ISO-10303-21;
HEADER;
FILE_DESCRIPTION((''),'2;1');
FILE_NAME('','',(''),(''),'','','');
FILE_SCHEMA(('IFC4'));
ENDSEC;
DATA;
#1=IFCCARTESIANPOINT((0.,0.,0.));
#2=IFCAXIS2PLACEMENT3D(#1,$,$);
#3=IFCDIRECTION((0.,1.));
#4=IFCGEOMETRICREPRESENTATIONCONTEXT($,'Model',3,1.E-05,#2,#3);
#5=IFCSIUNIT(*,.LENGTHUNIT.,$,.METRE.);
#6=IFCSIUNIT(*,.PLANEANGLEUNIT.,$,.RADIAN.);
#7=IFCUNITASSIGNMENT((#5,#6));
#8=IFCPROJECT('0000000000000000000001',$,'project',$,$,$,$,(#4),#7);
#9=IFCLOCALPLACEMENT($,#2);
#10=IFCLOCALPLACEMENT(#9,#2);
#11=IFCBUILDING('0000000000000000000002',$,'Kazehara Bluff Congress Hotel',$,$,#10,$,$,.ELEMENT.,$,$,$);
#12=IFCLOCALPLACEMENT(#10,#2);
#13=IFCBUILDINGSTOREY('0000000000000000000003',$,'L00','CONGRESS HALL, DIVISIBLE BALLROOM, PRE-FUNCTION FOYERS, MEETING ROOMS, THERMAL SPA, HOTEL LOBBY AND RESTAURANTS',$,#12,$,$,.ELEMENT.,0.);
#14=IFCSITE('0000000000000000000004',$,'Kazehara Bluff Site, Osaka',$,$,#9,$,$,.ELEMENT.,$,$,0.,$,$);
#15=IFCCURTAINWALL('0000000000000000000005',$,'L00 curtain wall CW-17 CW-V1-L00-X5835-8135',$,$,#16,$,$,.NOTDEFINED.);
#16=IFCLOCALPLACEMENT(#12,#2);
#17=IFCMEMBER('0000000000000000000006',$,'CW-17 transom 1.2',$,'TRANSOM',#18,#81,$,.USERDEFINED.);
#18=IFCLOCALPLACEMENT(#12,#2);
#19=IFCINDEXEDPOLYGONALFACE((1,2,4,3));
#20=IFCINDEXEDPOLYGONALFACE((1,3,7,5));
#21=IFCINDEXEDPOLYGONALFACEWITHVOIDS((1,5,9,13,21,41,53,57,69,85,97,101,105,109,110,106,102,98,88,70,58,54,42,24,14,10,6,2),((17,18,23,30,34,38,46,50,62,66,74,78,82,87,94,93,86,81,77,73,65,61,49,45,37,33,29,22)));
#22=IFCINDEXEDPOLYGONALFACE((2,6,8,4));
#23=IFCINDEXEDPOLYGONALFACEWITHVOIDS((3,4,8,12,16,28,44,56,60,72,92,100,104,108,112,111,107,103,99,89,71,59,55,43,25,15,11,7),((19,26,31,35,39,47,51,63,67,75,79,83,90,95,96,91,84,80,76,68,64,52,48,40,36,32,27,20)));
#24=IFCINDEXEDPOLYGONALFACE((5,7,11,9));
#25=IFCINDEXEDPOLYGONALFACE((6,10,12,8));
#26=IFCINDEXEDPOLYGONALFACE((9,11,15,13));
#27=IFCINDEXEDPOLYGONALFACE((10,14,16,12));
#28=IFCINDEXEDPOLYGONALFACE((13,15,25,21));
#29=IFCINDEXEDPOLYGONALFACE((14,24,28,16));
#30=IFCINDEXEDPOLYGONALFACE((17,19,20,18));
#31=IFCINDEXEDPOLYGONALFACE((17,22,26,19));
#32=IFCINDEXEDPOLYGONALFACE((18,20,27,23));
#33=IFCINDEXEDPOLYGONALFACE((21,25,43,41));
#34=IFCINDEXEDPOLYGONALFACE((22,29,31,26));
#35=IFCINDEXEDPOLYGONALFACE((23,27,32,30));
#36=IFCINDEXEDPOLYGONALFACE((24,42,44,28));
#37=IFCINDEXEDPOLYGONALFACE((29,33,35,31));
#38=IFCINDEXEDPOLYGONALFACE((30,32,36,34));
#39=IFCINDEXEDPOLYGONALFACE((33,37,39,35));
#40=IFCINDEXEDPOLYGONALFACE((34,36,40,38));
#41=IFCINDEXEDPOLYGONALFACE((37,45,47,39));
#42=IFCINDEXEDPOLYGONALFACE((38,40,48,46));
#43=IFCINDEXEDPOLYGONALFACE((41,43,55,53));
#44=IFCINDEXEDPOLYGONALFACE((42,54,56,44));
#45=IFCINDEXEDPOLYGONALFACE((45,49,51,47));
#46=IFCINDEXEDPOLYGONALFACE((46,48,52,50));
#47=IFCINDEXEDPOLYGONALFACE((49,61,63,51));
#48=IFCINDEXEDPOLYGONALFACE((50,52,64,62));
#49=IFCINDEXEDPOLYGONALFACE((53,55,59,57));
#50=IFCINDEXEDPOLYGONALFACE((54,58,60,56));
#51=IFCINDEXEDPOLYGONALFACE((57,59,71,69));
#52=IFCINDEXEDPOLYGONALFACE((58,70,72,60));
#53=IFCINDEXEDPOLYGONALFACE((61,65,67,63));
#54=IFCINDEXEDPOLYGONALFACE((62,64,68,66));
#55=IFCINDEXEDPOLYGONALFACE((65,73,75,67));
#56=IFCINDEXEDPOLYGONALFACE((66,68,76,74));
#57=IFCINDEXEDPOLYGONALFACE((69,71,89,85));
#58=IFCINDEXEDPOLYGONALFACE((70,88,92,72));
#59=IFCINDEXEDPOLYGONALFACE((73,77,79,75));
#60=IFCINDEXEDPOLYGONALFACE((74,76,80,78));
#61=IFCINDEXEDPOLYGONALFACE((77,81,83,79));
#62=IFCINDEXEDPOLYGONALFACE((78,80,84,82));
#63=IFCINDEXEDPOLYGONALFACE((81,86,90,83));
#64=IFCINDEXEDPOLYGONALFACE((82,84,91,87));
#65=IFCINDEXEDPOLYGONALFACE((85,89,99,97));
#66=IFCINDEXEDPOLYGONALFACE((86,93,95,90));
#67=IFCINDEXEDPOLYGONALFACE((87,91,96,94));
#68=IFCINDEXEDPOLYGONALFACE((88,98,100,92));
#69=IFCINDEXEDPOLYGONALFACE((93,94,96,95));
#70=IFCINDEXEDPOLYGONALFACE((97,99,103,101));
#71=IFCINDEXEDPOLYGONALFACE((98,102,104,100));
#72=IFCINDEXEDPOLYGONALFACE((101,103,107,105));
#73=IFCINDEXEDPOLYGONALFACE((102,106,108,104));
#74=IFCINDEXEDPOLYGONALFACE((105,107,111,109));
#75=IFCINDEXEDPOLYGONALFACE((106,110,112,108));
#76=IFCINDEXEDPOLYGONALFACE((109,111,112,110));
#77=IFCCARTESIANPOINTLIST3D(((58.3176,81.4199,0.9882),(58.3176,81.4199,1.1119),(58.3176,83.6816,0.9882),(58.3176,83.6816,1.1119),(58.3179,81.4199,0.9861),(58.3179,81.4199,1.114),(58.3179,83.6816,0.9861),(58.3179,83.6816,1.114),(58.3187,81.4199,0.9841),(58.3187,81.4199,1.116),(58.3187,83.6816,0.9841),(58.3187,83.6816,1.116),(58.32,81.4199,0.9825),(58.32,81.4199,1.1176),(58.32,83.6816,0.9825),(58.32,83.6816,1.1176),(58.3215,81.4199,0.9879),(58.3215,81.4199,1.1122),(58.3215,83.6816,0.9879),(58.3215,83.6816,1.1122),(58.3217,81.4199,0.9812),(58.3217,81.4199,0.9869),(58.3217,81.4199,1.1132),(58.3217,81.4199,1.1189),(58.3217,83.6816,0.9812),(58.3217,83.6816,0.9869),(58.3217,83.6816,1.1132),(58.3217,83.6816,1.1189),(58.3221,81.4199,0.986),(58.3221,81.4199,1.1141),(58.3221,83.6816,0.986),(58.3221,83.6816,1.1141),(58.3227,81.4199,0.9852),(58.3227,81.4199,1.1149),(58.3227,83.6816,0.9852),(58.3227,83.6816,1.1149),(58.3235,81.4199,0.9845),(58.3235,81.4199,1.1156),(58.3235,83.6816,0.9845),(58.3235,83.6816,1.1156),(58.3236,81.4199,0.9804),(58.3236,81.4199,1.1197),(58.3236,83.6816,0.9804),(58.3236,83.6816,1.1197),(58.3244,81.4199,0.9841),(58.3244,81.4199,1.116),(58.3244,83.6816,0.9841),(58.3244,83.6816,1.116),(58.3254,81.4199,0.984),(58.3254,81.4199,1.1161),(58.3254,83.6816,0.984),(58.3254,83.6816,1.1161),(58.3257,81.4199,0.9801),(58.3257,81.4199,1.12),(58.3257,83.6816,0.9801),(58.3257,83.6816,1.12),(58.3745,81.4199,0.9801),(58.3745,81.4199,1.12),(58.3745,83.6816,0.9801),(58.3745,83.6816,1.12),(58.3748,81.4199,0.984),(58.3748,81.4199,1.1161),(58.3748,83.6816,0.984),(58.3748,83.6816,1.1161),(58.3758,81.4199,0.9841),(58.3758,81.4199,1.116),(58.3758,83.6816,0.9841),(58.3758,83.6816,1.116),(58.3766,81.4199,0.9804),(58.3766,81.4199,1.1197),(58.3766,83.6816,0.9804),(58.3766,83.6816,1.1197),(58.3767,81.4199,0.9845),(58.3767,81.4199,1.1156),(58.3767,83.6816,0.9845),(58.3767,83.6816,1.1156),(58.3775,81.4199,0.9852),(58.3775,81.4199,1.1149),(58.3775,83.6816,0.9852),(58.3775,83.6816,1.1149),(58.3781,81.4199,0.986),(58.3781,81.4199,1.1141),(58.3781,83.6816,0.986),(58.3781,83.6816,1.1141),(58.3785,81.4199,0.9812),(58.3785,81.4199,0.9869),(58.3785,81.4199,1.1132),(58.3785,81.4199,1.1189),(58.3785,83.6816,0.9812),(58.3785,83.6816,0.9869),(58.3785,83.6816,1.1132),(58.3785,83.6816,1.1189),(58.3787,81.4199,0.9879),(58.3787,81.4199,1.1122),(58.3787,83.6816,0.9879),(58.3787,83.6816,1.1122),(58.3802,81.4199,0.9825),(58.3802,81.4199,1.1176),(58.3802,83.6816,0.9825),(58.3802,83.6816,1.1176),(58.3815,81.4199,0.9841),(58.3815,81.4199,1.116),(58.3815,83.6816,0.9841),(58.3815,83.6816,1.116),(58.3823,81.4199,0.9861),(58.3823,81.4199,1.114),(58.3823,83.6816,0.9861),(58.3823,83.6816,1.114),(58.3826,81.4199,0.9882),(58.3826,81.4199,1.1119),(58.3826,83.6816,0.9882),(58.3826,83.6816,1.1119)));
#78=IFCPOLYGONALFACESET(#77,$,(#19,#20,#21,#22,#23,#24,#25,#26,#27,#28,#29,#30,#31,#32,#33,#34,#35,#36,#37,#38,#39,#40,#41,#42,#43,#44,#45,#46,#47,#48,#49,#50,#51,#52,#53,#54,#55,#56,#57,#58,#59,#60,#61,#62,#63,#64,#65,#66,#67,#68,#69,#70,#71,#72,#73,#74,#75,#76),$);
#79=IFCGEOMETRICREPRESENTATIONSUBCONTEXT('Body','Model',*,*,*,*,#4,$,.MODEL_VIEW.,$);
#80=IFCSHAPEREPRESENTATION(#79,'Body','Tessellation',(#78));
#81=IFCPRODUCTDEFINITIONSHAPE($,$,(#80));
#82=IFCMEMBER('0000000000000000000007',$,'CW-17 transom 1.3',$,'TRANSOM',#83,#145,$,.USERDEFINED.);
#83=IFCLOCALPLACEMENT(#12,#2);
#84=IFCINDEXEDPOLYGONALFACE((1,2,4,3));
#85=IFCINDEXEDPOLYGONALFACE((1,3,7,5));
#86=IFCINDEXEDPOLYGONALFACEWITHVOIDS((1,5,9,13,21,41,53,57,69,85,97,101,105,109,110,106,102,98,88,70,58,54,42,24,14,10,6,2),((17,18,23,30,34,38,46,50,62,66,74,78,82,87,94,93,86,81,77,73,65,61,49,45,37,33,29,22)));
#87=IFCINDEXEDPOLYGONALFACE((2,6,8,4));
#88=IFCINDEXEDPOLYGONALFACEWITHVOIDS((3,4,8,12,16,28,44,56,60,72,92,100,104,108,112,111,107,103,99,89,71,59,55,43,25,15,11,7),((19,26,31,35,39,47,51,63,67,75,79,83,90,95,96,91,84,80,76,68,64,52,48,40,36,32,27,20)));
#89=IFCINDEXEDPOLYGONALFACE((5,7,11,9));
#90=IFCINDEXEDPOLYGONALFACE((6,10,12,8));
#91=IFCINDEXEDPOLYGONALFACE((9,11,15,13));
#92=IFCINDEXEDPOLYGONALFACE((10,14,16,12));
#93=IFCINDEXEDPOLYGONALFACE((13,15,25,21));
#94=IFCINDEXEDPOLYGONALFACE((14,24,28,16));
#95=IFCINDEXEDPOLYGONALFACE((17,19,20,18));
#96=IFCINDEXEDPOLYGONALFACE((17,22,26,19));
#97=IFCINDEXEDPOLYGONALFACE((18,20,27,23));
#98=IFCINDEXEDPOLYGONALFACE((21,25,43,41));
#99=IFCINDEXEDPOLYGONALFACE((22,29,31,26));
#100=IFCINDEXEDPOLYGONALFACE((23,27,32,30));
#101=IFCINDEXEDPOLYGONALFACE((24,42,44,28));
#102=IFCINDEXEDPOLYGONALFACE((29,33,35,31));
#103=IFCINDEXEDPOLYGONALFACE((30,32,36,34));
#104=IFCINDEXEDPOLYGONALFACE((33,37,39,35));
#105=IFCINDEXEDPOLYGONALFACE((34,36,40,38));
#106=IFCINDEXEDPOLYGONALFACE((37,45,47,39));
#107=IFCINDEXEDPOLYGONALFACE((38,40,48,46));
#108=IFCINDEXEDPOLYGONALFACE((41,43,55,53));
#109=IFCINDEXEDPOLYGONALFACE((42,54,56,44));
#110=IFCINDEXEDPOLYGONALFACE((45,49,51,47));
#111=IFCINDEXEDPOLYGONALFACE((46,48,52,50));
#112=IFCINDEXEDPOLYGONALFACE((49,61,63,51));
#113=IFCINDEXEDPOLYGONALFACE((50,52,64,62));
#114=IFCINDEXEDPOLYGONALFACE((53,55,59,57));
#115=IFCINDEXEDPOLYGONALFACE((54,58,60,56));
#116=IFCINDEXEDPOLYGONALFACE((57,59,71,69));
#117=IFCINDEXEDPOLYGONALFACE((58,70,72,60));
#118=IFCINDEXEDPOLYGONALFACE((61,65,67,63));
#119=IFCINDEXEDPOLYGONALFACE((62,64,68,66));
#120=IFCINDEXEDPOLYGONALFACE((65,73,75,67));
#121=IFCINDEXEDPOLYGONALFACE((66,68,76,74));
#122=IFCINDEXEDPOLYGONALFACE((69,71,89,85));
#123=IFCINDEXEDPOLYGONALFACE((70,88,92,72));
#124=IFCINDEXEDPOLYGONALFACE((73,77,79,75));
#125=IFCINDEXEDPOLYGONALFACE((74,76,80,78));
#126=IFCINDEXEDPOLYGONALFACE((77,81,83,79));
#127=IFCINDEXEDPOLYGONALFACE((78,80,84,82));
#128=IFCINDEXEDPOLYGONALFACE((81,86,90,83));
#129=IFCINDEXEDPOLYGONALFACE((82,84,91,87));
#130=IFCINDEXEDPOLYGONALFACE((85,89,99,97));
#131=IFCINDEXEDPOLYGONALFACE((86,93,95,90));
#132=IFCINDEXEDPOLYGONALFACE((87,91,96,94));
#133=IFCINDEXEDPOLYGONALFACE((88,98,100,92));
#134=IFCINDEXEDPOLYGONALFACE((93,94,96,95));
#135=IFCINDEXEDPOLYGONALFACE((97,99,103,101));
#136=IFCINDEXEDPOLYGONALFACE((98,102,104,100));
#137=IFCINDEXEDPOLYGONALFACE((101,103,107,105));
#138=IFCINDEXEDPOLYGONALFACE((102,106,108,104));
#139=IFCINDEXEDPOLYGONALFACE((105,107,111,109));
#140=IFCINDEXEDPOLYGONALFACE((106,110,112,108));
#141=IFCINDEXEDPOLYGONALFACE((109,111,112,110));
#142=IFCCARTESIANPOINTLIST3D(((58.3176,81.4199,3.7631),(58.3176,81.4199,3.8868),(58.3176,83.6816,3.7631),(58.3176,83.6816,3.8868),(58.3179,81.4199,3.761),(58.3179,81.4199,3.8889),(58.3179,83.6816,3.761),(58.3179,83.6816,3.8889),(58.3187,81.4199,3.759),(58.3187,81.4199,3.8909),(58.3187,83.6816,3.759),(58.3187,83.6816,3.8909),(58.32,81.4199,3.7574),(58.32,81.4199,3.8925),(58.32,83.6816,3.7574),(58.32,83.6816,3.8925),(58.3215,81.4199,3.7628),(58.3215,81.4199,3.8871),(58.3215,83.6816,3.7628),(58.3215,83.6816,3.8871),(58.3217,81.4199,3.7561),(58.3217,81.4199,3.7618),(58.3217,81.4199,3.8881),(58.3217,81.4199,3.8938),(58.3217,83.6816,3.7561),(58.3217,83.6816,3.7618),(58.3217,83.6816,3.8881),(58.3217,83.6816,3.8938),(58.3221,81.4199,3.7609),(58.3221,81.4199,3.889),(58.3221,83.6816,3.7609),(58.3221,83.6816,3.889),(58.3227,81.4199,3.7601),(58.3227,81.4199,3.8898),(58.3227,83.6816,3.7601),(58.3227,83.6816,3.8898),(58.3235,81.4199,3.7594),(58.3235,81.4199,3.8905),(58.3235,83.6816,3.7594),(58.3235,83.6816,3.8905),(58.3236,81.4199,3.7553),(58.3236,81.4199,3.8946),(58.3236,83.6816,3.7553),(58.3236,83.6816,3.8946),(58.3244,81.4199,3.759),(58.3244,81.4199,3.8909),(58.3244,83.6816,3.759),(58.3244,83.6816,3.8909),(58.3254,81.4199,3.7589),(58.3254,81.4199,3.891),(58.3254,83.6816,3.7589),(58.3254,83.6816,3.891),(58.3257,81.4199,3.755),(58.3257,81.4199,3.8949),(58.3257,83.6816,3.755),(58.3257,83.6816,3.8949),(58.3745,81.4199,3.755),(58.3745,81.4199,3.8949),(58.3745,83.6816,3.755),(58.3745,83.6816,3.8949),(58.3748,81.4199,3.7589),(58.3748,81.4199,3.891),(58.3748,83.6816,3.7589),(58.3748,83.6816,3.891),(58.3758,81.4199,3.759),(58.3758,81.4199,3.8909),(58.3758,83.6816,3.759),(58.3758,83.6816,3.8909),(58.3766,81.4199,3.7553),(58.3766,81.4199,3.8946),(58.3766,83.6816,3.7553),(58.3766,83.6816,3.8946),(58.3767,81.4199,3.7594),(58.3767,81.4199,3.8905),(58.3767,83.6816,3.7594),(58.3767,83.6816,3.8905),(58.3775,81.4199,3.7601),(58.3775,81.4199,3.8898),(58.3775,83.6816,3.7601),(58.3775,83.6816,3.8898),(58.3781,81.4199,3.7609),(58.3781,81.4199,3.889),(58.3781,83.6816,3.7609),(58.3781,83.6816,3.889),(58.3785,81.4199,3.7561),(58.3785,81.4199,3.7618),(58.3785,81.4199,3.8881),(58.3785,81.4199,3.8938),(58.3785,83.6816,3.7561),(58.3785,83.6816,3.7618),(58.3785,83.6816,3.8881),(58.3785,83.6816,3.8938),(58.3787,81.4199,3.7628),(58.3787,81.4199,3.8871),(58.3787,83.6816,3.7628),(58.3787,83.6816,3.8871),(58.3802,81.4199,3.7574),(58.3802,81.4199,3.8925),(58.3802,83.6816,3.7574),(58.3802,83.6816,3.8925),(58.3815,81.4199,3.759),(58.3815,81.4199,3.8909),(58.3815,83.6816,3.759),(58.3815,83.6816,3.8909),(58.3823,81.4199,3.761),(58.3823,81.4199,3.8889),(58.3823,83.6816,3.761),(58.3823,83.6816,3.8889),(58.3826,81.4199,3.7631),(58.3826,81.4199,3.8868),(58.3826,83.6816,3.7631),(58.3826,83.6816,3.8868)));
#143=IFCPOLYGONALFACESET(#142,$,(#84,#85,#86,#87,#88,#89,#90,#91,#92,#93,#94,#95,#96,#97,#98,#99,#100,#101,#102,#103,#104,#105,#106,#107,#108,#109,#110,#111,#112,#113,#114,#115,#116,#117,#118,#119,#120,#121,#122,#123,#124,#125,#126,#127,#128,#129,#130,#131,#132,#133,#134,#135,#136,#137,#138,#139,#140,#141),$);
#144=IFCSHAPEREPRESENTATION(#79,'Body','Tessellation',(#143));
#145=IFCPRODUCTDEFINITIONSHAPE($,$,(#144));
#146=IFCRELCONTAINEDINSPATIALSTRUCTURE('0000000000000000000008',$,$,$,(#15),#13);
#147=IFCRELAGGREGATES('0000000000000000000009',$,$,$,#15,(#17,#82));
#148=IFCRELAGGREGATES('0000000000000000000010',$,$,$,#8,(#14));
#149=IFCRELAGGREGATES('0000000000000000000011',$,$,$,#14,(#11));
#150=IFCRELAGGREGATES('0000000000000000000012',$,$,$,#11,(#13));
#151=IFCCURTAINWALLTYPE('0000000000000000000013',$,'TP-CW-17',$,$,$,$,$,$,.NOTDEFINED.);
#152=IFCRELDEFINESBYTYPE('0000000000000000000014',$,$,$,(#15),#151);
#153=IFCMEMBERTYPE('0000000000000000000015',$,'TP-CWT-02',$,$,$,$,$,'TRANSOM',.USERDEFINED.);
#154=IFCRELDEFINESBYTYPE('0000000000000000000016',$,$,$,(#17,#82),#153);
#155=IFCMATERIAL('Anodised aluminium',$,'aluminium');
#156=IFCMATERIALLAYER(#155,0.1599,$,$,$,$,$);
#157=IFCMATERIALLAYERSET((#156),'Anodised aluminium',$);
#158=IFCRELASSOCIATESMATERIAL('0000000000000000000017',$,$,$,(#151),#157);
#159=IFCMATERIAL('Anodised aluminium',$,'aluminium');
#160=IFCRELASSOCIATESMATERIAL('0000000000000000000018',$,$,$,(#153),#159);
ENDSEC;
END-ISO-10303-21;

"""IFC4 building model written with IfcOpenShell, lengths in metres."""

from ifc_helpers import new_model, si_unit, direction, frame, origin, origin_2d, place, context, subcontext, project, spatial, hollow_rectangle, extrude, material, layer, layer_set, material_profile, profile_set, type_object, element, aggregate, save


model = new_model("IFC4")

# Units and contexts
model_context = context("Model", 3, precision=1e-05, world=origin(), true_north=direction((0.0, 1.0)))
body_context = subcontext(model_context, "Body", "Model", "MODEL_VIEW")
ifc_project = project(units=[si_unit("LENGTHUNIT", "METRE"), si_unit("PLANEANGLEUNIT", "RADIAN")], contexts=[model_context])

# Site, building, storey
site_placement = place(None, origin())
site = spatial("IfcSite", under=ifc_project, at=site_placement, Name="Kazehara Bluff Site, Osaka", CompositionType="ELEMENT", RefElevation=0.0)
building_placement = place(site_placement, origin())
building = spatial("IfcBuilding", under=site, at=building_placement, Name="Kazehara Bluff Congress Hotel", CompositionType="ELEMENT")
storey_placement = place(building_placement, origin())
storey = spatial("IfcBuildingStorey", under=building, at=storey_placement, Name="L00", Description="CONGRESS HALL, DIVISIBLE BALLROOM, PRE-FUNCTION FOYERS, MEETING ROOMS, THERMAL SPA, HOTEL LOBBY AND RESTAURANTS", CompositionType="ELEMENT", Elevation=0.0)

# Curtain wall, members
ifc_material_1 = material(Name="Anodised aluminium", Category="aluminium")
ifc_layer_1 = layer(ifc_material_1, 0.1599)
ifc_layer_set_1 = layer_set([ifc_layer_1], Name="Anodised aluminium")
curtain_wall_type = type_object("IfcCurtainWallType", Name="TP-CW-17", PredefinedType="NOTDEFINED", material=ifc_layer_set_1)
curtain_wall_placement = place(storey_placement, origin())
curtain_wall = element("IfcCurtainWall", 1, at=curtain_wall_placement, inside=storey, type_object=curtain_wall_type, Name="L00 curtain wall CW-17 CW-V1-L00-X5835-8135", PredefinedType="NOTDEFINED")
ifc_material_2 = material(Name="Anodised aluminium", Category="aluminium")
ifc_material_profile_1 = material_profile(ifc_material_2, hollow_rectangle(XDim=0.0649, YDim=0.1399, WallThickness=0.0039, InnerFilletRadius=0.0039, OuterFilletRadius=0.0081, at=origin_2d()))
ifc_profile_set_1 = profile_set([ifc_material_profile_1], Name="Anodised aluminium")
member_type_1 = type_object("IfcMemberType", Name="TP-CWT-02", ElementType="TRANSOM", PredefinedType="USERDEFINED", material=ifc_profile_set_1)
member_1_placement = place(storey_placement, frame((58.3501, 81.4199, 1.05), z_axis=(0.0, 1.0, 0.0), x_axis=(-1.0, 0.0, 0.0)))
member_1 = element("IfcMember", 2, at=member_1_placement, type_object=member_type_1, Name="CW-17 transom 1.2", ObjectType="TRANSOM", PredefinedType="USERDEFINED", context=body_context, shape_type="SweptSolid", body=[
    extrude(hollow_rectangle(XDim=0.0649, YDim=0.1399, WallThickness=0.0039, InnerFilletRadius=0.0039, OuterFilletRadius=0.0081, at=origin_2d()), origin(), (0.0, 0.0, 1.0), 2.2617),
])
member_2_placement = place(storey_placement, frame((58.3501, 81.4199, 3.825), z_axis=(0.0, 1.0, 0.0), x_axis=(-1.0, 0.0, 0.0)))
member_2 = element("IfcMember", 3, at=member_2_placement, type_object=member_type_1, Name="CW-17 transom 1.3", ObjectType="TRANSOM", PredefinedType="USERDEFINED", context=body_context, shape_type="SweptSolid", body=[
    extrude(hollow_rectangle(XDim=0.0649, YDim=0.1399, WallThickness=0.0039, InnerFilletRadius=0.0039, OuterFilletRadius=0.0081, at=origin_2d()), origin(), (0.0, 0.0, 1.0), 2.2617),
])

aggregate(curtain_wall, [member_1, member_2])

save(model, "model.ifc")
